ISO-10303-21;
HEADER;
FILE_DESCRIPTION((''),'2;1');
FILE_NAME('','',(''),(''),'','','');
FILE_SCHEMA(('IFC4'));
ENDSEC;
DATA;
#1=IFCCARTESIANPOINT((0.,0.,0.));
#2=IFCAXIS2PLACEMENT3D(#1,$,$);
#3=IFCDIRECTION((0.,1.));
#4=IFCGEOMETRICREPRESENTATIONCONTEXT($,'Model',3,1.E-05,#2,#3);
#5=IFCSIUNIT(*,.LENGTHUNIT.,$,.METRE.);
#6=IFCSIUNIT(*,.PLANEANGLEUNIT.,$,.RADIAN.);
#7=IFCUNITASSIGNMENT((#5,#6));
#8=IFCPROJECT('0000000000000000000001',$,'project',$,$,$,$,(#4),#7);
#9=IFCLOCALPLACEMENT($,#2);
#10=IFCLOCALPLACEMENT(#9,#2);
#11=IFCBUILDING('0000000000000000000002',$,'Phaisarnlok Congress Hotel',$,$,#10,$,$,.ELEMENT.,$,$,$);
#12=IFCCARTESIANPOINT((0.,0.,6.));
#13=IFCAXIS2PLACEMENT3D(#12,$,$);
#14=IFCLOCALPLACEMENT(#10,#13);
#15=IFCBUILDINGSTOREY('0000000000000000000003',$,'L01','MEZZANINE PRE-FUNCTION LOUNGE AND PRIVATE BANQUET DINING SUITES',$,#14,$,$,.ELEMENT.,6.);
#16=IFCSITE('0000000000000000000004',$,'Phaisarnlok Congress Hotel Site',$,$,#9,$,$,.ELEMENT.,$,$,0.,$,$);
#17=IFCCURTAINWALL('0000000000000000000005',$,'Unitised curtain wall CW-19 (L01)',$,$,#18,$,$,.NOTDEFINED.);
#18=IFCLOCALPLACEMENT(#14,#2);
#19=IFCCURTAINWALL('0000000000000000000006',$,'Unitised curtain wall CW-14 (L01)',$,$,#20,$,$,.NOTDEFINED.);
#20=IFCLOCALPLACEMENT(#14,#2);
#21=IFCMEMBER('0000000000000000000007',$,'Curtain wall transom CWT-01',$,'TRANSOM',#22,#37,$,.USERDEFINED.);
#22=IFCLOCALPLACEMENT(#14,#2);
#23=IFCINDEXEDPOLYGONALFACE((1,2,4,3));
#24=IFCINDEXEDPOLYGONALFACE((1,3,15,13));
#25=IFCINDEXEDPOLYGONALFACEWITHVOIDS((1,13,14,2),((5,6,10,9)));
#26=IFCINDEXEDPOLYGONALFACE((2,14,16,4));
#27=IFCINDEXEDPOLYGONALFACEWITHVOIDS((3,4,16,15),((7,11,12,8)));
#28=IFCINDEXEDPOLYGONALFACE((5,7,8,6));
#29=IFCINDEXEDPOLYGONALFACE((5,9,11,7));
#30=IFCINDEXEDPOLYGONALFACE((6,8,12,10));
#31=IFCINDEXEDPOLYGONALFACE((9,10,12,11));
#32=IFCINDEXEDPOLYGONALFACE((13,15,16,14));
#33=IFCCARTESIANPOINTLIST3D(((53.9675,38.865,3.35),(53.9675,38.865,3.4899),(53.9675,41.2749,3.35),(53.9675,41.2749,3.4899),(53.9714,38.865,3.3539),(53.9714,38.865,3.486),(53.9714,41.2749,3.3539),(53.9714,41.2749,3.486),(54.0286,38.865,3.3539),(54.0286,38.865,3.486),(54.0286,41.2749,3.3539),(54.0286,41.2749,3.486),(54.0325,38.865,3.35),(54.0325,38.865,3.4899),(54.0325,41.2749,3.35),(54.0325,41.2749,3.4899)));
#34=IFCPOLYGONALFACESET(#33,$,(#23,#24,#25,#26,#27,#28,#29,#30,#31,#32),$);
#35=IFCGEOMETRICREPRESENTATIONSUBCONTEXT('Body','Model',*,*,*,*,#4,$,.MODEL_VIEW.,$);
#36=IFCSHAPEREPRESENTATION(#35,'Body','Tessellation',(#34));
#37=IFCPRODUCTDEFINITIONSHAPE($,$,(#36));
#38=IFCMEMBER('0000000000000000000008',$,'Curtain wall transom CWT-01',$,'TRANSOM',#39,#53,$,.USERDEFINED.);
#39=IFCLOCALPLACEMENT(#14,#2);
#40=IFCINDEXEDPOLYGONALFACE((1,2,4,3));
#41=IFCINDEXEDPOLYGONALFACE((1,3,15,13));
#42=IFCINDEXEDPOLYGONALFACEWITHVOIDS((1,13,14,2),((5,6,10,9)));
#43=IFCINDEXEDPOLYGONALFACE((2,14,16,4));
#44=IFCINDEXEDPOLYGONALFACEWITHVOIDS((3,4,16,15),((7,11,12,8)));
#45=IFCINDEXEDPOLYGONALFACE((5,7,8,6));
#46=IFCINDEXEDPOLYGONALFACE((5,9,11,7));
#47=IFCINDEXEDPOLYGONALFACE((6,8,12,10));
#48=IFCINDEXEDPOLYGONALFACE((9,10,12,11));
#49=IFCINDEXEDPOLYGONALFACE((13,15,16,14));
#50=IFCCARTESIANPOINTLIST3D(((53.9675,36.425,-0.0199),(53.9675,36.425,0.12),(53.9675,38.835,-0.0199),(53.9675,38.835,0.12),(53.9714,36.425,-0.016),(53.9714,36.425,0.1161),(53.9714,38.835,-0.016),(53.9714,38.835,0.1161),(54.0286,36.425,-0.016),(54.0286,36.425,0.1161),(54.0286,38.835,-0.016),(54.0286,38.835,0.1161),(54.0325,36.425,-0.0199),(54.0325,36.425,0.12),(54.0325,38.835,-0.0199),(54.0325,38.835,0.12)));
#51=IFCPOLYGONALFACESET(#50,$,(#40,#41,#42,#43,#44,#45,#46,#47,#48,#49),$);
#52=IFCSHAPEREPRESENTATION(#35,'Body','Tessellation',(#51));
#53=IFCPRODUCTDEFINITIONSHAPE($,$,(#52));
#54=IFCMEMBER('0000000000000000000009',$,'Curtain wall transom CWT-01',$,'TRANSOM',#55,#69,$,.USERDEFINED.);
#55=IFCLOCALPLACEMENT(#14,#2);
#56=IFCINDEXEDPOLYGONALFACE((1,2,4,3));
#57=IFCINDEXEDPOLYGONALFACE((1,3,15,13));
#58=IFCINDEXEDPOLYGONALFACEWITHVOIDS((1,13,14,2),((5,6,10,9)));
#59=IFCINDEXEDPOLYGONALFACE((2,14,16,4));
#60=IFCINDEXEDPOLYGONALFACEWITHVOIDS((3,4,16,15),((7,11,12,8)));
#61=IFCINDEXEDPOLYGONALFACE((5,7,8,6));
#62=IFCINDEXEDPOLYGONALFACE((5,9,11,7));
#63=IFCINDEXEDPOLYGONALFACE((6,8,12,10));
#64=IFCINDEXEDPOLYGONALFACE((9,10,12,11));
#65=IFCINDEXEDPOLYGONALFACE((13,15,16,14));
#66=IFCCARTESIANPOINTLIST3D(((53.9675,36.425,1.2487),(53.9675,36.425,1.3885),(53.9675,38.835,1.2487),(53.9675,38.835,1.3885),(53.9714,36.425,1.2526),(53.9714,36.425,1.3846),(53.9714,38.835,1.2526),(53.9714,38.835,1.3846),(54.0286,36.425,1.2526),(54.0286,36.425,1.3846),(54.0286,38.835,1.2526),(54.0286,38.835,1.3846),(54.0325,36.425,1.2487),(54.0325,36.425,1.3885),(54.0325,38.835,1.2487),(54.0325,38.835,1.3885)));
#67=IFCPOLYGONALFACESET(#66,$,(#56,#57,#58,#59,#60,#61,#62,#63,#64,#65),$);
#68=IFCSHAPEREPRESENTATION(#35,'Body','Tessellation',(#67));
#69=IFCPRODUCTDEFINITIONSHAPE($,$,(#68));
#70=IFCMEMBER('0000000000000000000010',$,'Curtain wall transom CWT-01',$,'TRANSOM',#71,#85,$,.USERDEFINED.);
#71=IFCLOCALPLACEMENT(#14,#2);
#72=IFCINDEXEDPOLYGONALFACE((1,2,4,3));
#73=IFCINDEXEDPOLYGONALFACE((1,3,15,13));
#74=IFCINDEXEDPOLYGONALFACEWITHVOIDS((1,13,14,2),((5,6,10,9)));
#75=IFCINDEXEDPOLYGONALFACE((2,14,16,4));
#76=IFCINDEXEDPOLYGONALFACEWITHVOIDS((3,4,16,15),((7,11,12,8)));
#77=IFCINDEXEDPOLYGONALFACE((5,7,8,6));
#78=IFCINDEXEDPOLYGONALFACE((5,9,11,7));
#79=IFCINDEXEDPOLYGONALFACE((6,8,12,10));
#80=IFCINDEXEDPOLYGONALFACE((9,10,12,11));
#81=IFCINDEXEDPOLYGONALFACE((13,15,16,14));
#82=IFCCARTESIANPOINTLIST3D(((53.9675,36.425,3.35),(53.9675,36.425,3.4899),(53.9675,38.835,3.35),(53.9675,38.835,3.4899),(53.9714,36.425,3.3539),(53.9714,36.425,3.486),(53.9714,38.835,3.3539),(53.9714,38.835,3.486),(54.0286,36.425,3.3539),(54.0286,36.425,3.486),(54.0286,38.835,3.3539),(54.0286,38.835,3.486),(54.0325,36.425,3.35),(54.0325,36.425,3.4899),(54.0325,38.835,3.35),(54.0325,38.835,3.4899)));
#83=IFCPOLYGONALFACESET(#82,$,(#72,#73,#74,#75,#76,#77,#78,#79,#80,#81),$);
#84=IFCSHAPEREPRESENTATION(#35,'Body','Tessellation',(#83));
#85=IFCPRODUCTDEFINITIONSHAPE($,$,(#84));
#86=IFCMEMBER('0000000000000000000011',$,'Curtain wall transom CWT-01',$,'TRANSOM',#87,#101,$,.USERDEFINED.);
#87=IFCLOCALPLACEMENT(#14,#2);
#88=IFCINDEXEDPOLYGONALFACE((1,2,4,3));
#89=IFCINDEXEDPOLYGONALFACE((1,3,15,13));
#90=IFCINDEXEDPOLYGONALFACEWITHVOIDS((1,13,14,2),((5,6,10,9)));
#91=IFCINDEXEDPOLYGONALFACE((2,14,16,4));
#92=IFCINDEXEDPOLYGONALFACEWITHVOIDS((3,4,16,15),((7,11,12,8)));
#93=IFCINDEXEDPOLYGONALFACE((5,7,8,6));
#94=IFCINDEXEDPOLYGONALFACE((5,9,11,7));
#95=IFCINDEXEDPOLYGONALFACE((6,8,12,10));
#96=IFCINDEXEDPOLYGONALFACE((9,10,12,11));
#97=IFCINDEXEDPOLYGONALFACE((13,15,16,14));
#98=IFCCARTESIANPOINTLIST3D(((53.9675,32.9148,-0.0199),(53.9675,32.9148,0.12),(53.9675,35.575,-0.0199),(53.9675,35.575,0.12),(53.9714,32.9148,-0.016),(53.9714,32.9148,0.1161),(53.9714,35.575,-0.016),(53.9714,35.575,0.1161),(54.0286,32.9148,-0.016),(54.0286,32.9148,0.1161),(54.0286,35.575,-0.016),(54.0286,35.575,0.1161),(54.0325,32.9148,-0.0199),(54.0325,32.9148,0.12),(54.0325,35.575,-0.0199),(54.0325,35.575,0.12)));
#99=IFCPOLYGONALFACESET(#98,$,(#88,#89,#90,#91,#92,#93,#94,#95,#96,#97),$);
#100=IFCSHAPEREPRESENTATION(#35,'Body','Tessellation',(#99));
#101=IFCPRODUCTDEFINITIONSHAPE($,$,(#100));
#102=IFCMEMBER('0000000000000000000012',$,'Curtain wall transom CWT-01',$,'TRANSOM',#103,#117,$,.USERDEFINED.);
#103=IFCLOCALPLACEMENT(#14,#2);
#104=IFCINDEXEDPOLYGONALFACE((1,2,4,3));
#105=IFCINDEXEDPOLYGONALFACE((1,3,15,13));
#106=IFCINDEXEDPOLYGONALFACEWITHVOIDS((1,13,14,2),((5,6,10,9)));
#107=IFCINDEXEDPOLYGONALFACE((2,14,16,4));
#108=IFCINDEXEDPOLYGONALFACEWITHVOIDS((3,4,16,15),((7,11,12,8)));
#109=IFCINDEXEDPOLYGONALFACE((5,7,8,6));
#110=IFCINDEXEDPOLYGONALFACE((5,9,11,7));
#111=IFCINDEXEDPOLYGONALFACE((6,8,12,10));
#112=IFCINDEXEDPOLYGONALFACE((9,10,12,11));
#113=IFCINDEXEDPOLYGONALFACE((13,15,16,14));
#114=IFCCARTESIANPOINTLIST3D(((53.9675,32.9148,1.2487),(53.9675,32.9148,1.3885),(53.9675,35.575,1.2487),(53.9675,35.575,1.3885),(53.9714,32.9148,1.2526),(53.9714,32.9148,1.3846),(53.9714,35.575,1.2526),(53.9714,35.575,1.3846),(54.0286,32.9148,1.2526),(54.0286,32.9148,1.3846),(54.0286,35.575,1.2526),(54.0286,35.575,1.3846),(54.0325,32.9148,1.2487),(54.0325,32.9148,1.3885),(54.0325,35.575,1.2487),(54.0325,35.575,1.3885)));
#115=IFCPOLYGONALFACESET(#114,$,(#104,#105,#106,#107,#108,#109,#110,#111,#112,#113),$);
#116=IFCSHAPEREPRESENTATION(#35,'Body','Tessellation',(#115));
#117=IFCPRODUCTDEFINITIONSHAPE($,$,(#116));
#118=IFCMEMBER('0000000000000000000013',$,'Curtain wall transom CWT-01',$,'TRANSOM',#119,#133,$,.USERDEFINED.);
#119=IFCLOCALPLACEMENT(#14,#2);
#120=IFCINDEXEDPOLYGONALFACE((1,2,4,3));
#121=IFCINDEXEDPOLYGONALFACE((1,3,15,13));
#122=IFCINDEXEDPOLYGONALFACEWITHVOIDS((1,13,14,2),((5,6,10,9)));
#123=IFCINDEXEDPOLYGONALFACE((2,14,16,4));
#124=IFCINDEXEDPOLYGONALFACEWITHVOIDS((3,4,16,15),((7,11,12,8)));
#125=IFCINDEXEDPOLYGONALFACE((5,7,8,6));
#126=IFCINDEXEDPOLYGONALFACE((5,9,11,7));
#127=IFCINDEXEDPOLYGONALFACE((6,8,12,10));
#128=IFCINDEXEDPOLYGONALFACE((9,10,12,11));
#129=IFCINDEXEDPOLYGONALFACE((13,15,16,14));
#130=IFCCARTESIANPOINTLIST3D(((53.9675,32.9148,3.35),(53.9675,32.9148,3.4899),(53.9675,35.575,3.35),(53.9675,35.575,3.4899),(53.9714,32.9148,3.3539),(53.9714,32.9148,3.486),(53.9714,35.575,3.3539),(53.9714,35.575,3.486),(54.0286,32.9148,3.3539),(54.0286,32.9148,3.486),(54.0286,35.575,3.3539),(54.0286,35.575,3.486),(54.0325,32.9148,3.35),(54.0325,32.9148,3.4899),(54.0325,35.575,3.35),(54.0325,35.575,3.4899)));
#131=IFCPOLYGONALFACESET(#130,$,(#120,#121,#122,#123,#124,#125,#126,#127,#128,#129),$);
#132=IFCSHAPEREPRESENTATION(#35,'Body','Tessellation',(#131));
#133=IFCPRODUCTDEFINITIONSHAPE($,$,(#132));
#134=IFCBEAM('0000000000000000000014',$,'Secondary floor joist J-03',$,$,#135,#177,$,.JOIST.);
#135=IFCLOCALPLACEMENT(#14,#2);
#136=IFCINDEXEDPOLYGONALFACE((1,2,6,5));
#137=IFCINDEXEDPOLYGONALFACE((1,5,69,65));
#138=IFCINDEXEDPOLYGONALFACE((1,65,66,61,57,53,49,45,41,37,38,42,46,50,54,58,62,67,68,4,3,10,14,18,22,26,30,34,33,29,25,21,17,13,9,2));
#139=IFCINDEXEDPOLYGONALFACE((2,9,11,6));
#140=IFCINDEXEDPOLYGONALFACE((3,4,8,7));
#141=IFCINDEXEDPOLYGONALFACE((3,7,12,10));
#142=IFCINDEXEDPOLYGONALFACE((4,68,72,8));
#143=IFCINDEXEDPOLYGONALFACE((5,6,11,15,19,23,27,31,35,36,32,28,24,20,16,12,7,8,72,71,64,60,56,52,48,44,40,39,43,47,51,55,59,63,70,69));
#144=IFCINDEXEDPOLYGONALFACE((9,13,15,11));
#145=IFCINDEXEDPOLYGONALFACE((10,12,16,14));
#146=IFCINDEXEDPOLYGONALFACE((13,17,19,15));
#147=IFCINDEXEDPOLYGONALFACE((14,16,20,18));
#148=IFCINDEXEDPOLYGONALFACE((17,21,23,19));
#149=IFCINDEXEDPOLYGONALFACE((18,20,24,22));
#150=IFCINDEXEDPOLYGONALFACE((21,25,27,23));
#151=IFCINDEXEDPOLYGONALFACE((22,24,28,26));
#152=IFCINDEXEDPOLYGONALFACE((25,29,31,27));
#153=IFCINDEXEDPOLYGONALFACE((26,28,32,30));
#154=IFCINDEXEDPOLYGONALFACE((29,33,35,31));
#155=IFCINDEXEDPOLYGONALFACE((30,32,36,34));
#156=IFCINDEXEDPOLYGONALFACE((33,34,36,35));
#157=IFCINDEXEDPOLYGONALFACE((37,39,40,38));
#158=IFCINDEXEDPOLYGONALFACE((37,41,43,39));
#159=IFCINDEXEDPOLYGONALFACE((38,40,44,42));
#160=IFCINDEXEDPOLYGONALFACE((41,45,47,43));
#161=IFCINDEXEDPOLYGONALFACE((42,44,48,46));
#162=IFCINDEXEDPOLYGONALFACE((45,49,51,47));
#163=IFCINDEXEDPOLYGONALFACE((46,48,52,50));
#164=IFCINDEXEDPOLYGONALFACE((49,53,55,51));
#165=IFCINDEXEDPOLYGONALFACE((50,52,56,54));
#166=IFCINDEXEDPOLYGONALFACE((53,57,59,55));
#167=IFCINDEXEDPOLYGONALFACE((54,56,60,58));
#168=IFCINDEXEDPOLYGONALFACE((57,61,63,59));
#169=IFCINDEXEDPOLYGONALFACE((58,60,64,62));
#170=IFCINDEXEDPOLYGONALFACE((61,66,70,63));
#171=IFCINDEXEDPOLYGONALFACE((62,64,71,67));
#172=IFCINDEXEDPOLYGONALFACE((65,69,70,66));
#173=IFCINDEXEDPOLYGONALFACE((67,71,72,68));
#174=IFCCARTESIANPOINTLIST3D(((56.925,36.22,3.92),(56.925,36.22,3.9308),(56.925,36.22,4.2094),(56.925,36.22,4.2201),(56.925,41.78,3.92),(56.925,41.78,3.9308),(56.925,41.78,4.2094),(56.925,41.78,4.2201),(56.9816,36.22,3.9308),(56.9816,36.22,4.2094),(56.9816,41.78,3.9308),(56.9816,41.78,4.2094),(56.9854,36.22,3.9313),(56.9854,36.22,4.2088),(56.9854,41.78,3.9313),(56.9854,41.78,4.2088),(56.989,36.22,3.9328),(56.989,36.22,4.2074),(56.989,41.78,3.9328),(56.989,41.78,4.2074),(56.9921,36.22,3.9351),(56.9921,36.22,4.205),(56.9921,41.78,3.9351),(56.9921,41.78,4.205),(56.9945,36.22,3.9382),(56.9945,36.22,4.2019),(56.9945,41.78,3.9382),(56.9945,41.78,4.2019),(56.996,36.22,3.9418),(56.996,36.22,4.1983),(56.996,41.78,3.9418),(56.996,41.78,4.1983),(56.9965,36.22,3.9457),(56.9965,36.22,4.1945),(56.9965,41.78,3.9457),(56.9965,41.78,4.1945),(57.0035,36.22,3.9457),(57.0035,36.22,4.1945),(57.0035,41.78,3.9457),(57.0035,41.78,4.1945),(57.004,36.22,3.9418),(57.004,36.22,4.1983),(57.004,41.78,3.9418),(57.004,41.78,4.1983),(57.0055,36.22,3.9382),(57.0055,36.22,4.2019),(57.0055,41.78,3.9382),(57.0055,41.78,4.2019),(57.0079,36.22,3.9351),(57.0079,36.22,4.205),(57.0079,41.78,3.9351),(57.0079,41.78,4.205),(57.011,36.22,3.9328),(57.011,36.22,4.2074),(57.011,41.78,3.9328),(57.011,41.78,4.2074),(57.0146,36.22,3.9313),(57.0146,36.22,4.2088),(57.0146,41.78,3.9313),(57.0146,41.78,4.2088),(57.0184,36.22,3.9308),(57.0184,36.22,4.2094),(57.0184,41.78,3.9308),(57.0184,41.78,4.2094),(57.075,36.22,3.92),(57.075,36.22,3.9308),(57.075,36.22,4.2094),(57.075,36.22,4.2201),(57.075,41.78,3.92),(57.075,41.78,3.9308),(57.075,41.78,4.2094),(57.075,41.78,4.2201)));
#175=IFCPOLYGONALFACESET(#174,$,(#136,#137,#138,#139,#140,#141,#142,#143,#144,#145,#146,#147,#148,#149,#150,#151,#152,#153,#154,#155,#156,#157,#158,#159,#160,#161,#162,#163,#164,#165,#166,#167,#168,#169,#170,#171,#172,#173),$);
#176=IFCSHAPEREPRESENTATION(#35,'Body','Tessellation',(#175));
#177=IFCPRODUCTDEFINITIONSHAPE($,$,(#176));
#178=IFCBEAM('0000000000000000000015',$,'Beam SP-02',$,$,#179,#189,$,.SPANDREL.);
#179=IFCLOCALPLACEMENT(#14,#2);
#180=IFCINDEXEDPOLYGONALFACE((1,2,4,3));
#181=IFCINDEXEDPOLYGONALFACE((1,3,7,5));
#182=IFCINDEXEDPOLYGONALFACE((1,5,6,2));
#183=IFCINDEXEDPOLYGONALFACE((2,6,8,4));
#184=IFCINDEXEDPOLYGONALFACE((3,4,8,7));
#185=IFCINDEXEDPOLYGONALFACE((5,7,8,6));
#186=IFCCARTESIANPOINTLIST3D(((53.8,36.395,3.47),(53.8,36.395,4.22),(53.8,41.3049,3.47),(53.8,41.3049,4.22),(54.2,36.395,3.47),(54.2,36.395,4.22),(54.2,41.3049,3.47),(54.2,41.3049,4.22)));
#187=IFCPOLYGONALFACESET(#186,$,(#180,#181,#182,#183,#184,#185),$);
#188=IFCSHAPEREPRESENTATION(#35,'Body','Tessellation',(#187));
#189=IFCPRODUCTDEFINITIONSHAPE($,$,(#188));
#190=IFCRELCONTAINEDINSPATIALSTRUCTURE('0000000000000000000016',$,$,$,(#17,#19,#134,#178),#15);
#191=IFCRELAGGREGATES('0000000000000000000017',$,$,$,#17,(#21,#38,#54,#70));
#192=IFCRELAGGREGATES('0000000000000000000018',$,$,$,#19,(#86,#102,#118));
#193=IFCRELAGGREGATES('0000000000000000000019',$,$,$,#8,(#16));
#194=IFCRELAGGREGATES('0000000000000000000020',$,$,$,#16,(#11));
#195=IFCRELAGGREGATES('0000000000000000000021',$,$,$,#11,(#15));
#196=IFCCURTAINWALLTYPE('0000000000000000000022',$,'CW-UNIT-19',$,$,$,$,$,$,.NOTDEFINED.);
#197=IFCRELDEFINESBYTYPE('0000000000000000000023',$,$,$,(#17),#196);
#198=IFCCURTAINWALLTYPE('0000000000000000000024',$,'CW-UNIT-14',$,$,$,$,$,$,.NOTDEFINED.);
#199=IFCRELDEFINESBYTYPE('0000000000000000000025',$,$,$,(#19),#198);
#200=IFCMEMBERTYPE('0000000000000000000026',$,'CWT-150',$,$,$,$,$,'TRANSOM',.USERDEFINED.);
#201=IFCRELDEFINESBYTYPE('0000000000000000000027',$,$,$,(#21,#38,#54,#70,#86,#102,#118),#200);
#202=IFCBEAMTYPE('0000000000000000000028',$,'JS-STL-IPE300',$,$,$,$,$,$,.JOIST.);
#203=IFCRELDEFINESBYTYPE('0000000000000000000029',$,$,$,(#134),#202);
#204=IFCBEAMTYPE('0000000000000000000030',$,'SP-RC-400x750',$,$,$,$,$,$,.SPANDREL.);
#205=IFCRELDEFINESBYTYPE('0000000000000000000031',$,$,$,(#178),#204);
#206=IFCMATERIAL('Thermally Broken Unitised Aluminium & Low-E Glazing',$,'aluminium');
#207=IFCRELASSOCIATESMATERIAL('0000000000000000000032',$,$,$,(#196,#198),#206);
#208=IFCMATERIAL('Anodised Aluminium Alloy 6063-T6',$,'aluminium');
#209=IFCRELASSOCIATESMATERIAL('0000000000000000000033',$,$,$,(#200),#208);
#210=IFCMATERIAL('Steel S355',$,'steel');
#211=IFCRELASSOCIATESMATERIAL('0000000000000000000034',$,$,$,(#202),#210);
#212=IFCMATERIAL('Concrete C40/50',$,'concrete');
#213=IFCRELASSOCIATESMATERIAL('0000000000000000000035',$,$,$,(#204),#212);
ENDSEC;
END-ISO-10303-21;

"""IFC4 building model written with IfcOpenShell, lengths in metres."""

from ifc_helpers import new_model, si_unit, direction, frame, origin, origin_2d, place, context, subcontext, project, spatial, rectangle, hollow_rectangle, i_section, extrude, material, material_profile, profile_set, type_object, element, aggregate, save


model = new_model("IFC4")

# Units and contexts
model_context = context("Model", 3, precision=1e-05, world=origin(), true_north=direction((0.0, 1.0)))
body_context = subcontext(model_context, "Body", "Model", "MODEL_VIEW")
ifc_project = project(units=[si_unit("LENGTHUNIT", "METRE"), si_unit("PLANEANGLEUNIT", "RADIAN")], contexts=[model_context])

# Site, building, storey
site_placement = place(None, origin())
site = spatial("IfcSite", under=ifc_project, at=site_placement, Name="Phaisarnlok Congress Hotel Site", CompositionType="ELEMENT", RefElevation=0.0)
building_placement = place(site_placement, origin())
building = spatial("IfcBuilding", under=site, at=building_placement, Name="Phaisarnlok Congress Hotel", CompositionType="ELEMENT")
storey_placement = place(building_placement, frame((0.0, 0.0, 6.0)))
storey = spatial("IfcBuildingStorey", under=building, at=storey_placement, Name="L01", Description="MEZZANINE PRE-FUNCTION LOUNGE AND PRIVATE BANQUET DINING SUITES", CompositionType="ELEMENT", Elevation=6.0)

# Shared definitions
ifc_material_1 = material(Name="Concrete C40/50", Category="concrete")
ifc_material_2 = material(Name="Steel S355", Category="steel")

# Curtain wall
ifc_material_3 = material(Name="Thermally Broken Unitised Aluminium & Low-E Glazing", Category="aluminium")
curtain_wall_type_1 = type_object("IfcCurtainWallType", Name="CW-UNIT-19", PredefinedType="NOTDEFINED", material=ifc_material_3)
curtain_wall_1_placement = place(storey_placement, origin())
curtain_wall_1 = element("IfcCurtainWall", 1, at=curtain_wall_1_placement, inside=storey, type_object=curtain_wall_type_1, Name="Unitised curtain wall CW-19 (L01)", PredefinedType="NOTDEFINED")
ifc_material_4 = material(Name="Anodised Aluminium Alloy 6063-T6", Category="aluminium")

# Curtain wall
curtain_wall_type_2 = type_object("IfcCurtainWallType", Name="CW-UNIT-14", PredefinedType="NOTDEFINED", material=ifc_material_3)
curtain_wall_2_placement = place(storey_placement, origin())
curtain_wall_2 = element("IfcCurtainWall", 2, at=curtain_wall_2_placement, inside=storey, type_object=curtain_wall_type_2, Name="Unitised curtain wall CW-14 (L01)", PredefinedType="NOTDEFINED")

# Members
ifc_material_profile_1 = material_profile(ifc_material_4, hollow_rectangle(XDim=0.0649, YDim=0.1399, WallThickness=0.0039, at=origin_2d()), Name="ALU-T 65x140x4")
ifc_profile_set_1 = profile_set([ifc_material_profile_1], Name="Anodised Aluminium Alloy 6063-T6")
member_type_1 = type_object("IfcMemberType", Name="CWT-150", ElementType="TRANSOM", PredefinedType="USERDEFINED", material=ifc_profile_set_1)
member_1_placement = place(storey_placement, frame((54.0, 41.2749, 3.4199), z_axis=(0.0, -1.0, 0.0), x_axis=(1.0, 0.0, 0.0)))
member_1 = element("IfcMember", 3, at=member_1_placement, type_object=member_type_1, Name="Curtain wall transom CWT-01", ObjectType="TRANSOM", PredefinedType="USERDEFINED", context=body_context, shape_type="SweptSolid", body=[
    extrude(hollow_rectangle(XDim=0.0649, YDim=0.1399, WallThickness=0.0039, at=origin_2d()), origin(), (0.0, 0.0, 1.0), 2.4099),
])
member_2_placement = place(storey_placement, frame((54.0, 38.835, 0.05), z_axis=(0.0, -1.0, 0.0), x_axis=(1.0, 0.0, 0.0)))
member_2 = element("IfcMember", 4, at=member_2_placement, type_object=member_type_1, Name="Curtain wall transom CWT-01", ObjectType="TRANSOM", PredefinedType="USERDEFINED", context=body_context, shape_type="SweptSolid", body=[
    extrude(hollow_rectangle(XDim=0.0649, YDim=0.1399, WallThickness=0.0039, at=origin_2d()), origin(), (0.0, 0.0, 1.0), 2.4099),
])
member_3_placement = place(storey_placement, frame((54.0, 38.835, 1.3186), z_axis=(0.0, -1.0, 0.0), x_axis=(1.0, 0.0, 0.0)))
member_3 = element("IfcMember", 5, at=member_3_placement, type_object=member_type_1, Name="Curtain wall transom CWT-01", ObjectType="TRANSOM", PredefinedType="USERDEFINED", context=body_context, shape_type="SweptSolid", body=[
    extrude(hollow_rectangle(XDim=0.0649, YDim=0.1399, WallThickness=0.0039, at=origin_2d()), origin(), (0.0, 0.0, 1.0), 2.4099),
])
member_4_placement = place(storey_placement, frame((54.0, 38.835, 3.4199), z_axis=(0.0, -1.0, 0.0), x_axis=(1.0, 0.0, 0.0)))
member_4 = element("IfcMember", 6, at=member_4_placement, type_object=member_type_1, Name="Curtain wall transom CWT-01", ObjectType="TRANSOM", PredefinedType="USERDEFINED", context=body_context, shape_type="SweptSolid", body=[
    extrude(hollow_rectangle(XDim=0.0649, YDim=0.1399, WallThickness=0.0039, at=origin_2d()), origin(), (0.0, 0.0, 1.0), 2.4099),
])
member_5_placement = place(storey_placement, frame((54.0, 35.575, 0.05), z_axis=(0.0, -1.0, 0.0), x_axis=(1.0, 0.0, 0.0)))
member_5 = element("IfcMember", 7, at=member_5_placement, type_object=member_type_1, Name="Curtain wall transom CWT-01", ObjectType="TRANSOM", PredefinedType="USERDEFINED", context=body_context, shape_type="SweptSolid", body=[
    extrude(hollow_rectangle(XDim=0.0649, YDim=0.1399, WallThickness=0.0039, at=origin_2d()), origin(), (0.0, 0.0, 1.0), 2.6602),
])
member_6_placement = place(storey_placement, frame((54.0, 35.575, 1.3186), z_axis=(0.0, -1.0, 0.0), x_axis=(1.0, 0.0, 0.0)))
member_6 = element("IfcMember", 8, at=member_6_placement, type_object=member_type_1, Name="Curtain wall transom CWT-01", ObjectType="TRANSOM", PredefinedType="USERDEFINED", context=body_context, shape_type="SweptSolid", body=[
    extrude(hollow_rectangle(XDim=0.0649, YDim=0.1399, WallThickness=0.0039, at=origin_2d()), origin(), (0.0, 0.0, 1.0), 2.6602),
])
member_7_placement = place(storey_placement, frame((54.0, 35.575, 3.4199), z_axis=(0.0, -1.0, 0.0), x_axis=(1.0, 0.0, 0.0)))
member_7 = element("IfcMember", 9, at=member_7_placement, type_object=member_type_1, Name="Curtain wall transom CWT-01", ObjectType="TRANSOM", PredefinedType="USERDEFINED", context=body_context, shape_type="SweptSolid", body=[
    extrude(hollow_rectangle(XDim=0.0649, YDim=0.1399, WallThickness=0.0039, at=origin_2d()), origin(), (0.0, 0.0, 1.0), 2.6602),
])

# Beams
ifc_material_profile_2 = material_profile(ifc_material_2, i_section(OverallWidth=0.1499, OverallDepth=0.3, WebThickness=0.0071, FlangeThickness=0.0107, FilletRadius=0.0149, at=origin_2d()), Name="IPE 300")
ifc_profile_set_2 = profile_set([ifc_material_profile_2], Name="Steel S355")
beam_type_1 = type_object("IfcBeamType", Name="JS-STL-IPE300", PredefinedType="JOIST", material=ifc_profile_set_2)
beam_1_placement = place(storey_placement, frame((57.0, 36.22, 4.0701), z_axis=(0.0, 1.0, 0.0), x_axis=(-1.0, 0.0, 0.0)))
element("IfcBeam", 10, at=beam_1_placement, inside=storey, type_object=beam_type_1, Name="Secondary floor joist J-03", PredefinedType="JOIST", context=body_context, shape_type="SweptSolid", body=[
    extrude(i_section(OverallWidth=0.1499, OverallDepth=0.3, WebThickness=0.0071, FlangeThickness=0.0107, FilletRadius=0.0149, at=origin_2d()), origin(), (0.0, 0.0, 1.0), 5.5601),
])
ifc_material_profile_3 = material_profile(ifc_material_1, rectangle(XDim=0.3999, YDim=0.75, at=origin_2d()), Name="RC 400x750")
ifc_profile_set_3 = profile_set([ifc_material_profile_3], Name="Concrete C40/50")
beam_type_2 = type_object("IfcBeamType", Name="SP-RC-400x750", PredefinedType="SPANDREL", material=ifc_profile_set_3)
beam_2_placement = place(storey_placement, frame((54.0, 36.395, 3.845), z_axis=(0.0, 1.0, 0.0), x_axis=(-1.0, 0.0, 0.0)))
element("IfcBeam", 11, at=beam_2_placement, inside=storey, type_object=beam_type_2, Name="Beam SP-02", PredefinedType="SPANDREL", context=body_context, shape_type="SweptSolid", body=[
    extrude(rectangle(XDim=0.3999, YDim=0.75, at=origin_2d()), origin(), (0.0, 0.0, 1.0), 4.9099),
])

aggregate(curtain_wall_1, [member_1, member_2, member_3, member_4])
aggregate(curtain_wall_2, [member_5, member_6, member_7])

save(model, "model.ifc")
